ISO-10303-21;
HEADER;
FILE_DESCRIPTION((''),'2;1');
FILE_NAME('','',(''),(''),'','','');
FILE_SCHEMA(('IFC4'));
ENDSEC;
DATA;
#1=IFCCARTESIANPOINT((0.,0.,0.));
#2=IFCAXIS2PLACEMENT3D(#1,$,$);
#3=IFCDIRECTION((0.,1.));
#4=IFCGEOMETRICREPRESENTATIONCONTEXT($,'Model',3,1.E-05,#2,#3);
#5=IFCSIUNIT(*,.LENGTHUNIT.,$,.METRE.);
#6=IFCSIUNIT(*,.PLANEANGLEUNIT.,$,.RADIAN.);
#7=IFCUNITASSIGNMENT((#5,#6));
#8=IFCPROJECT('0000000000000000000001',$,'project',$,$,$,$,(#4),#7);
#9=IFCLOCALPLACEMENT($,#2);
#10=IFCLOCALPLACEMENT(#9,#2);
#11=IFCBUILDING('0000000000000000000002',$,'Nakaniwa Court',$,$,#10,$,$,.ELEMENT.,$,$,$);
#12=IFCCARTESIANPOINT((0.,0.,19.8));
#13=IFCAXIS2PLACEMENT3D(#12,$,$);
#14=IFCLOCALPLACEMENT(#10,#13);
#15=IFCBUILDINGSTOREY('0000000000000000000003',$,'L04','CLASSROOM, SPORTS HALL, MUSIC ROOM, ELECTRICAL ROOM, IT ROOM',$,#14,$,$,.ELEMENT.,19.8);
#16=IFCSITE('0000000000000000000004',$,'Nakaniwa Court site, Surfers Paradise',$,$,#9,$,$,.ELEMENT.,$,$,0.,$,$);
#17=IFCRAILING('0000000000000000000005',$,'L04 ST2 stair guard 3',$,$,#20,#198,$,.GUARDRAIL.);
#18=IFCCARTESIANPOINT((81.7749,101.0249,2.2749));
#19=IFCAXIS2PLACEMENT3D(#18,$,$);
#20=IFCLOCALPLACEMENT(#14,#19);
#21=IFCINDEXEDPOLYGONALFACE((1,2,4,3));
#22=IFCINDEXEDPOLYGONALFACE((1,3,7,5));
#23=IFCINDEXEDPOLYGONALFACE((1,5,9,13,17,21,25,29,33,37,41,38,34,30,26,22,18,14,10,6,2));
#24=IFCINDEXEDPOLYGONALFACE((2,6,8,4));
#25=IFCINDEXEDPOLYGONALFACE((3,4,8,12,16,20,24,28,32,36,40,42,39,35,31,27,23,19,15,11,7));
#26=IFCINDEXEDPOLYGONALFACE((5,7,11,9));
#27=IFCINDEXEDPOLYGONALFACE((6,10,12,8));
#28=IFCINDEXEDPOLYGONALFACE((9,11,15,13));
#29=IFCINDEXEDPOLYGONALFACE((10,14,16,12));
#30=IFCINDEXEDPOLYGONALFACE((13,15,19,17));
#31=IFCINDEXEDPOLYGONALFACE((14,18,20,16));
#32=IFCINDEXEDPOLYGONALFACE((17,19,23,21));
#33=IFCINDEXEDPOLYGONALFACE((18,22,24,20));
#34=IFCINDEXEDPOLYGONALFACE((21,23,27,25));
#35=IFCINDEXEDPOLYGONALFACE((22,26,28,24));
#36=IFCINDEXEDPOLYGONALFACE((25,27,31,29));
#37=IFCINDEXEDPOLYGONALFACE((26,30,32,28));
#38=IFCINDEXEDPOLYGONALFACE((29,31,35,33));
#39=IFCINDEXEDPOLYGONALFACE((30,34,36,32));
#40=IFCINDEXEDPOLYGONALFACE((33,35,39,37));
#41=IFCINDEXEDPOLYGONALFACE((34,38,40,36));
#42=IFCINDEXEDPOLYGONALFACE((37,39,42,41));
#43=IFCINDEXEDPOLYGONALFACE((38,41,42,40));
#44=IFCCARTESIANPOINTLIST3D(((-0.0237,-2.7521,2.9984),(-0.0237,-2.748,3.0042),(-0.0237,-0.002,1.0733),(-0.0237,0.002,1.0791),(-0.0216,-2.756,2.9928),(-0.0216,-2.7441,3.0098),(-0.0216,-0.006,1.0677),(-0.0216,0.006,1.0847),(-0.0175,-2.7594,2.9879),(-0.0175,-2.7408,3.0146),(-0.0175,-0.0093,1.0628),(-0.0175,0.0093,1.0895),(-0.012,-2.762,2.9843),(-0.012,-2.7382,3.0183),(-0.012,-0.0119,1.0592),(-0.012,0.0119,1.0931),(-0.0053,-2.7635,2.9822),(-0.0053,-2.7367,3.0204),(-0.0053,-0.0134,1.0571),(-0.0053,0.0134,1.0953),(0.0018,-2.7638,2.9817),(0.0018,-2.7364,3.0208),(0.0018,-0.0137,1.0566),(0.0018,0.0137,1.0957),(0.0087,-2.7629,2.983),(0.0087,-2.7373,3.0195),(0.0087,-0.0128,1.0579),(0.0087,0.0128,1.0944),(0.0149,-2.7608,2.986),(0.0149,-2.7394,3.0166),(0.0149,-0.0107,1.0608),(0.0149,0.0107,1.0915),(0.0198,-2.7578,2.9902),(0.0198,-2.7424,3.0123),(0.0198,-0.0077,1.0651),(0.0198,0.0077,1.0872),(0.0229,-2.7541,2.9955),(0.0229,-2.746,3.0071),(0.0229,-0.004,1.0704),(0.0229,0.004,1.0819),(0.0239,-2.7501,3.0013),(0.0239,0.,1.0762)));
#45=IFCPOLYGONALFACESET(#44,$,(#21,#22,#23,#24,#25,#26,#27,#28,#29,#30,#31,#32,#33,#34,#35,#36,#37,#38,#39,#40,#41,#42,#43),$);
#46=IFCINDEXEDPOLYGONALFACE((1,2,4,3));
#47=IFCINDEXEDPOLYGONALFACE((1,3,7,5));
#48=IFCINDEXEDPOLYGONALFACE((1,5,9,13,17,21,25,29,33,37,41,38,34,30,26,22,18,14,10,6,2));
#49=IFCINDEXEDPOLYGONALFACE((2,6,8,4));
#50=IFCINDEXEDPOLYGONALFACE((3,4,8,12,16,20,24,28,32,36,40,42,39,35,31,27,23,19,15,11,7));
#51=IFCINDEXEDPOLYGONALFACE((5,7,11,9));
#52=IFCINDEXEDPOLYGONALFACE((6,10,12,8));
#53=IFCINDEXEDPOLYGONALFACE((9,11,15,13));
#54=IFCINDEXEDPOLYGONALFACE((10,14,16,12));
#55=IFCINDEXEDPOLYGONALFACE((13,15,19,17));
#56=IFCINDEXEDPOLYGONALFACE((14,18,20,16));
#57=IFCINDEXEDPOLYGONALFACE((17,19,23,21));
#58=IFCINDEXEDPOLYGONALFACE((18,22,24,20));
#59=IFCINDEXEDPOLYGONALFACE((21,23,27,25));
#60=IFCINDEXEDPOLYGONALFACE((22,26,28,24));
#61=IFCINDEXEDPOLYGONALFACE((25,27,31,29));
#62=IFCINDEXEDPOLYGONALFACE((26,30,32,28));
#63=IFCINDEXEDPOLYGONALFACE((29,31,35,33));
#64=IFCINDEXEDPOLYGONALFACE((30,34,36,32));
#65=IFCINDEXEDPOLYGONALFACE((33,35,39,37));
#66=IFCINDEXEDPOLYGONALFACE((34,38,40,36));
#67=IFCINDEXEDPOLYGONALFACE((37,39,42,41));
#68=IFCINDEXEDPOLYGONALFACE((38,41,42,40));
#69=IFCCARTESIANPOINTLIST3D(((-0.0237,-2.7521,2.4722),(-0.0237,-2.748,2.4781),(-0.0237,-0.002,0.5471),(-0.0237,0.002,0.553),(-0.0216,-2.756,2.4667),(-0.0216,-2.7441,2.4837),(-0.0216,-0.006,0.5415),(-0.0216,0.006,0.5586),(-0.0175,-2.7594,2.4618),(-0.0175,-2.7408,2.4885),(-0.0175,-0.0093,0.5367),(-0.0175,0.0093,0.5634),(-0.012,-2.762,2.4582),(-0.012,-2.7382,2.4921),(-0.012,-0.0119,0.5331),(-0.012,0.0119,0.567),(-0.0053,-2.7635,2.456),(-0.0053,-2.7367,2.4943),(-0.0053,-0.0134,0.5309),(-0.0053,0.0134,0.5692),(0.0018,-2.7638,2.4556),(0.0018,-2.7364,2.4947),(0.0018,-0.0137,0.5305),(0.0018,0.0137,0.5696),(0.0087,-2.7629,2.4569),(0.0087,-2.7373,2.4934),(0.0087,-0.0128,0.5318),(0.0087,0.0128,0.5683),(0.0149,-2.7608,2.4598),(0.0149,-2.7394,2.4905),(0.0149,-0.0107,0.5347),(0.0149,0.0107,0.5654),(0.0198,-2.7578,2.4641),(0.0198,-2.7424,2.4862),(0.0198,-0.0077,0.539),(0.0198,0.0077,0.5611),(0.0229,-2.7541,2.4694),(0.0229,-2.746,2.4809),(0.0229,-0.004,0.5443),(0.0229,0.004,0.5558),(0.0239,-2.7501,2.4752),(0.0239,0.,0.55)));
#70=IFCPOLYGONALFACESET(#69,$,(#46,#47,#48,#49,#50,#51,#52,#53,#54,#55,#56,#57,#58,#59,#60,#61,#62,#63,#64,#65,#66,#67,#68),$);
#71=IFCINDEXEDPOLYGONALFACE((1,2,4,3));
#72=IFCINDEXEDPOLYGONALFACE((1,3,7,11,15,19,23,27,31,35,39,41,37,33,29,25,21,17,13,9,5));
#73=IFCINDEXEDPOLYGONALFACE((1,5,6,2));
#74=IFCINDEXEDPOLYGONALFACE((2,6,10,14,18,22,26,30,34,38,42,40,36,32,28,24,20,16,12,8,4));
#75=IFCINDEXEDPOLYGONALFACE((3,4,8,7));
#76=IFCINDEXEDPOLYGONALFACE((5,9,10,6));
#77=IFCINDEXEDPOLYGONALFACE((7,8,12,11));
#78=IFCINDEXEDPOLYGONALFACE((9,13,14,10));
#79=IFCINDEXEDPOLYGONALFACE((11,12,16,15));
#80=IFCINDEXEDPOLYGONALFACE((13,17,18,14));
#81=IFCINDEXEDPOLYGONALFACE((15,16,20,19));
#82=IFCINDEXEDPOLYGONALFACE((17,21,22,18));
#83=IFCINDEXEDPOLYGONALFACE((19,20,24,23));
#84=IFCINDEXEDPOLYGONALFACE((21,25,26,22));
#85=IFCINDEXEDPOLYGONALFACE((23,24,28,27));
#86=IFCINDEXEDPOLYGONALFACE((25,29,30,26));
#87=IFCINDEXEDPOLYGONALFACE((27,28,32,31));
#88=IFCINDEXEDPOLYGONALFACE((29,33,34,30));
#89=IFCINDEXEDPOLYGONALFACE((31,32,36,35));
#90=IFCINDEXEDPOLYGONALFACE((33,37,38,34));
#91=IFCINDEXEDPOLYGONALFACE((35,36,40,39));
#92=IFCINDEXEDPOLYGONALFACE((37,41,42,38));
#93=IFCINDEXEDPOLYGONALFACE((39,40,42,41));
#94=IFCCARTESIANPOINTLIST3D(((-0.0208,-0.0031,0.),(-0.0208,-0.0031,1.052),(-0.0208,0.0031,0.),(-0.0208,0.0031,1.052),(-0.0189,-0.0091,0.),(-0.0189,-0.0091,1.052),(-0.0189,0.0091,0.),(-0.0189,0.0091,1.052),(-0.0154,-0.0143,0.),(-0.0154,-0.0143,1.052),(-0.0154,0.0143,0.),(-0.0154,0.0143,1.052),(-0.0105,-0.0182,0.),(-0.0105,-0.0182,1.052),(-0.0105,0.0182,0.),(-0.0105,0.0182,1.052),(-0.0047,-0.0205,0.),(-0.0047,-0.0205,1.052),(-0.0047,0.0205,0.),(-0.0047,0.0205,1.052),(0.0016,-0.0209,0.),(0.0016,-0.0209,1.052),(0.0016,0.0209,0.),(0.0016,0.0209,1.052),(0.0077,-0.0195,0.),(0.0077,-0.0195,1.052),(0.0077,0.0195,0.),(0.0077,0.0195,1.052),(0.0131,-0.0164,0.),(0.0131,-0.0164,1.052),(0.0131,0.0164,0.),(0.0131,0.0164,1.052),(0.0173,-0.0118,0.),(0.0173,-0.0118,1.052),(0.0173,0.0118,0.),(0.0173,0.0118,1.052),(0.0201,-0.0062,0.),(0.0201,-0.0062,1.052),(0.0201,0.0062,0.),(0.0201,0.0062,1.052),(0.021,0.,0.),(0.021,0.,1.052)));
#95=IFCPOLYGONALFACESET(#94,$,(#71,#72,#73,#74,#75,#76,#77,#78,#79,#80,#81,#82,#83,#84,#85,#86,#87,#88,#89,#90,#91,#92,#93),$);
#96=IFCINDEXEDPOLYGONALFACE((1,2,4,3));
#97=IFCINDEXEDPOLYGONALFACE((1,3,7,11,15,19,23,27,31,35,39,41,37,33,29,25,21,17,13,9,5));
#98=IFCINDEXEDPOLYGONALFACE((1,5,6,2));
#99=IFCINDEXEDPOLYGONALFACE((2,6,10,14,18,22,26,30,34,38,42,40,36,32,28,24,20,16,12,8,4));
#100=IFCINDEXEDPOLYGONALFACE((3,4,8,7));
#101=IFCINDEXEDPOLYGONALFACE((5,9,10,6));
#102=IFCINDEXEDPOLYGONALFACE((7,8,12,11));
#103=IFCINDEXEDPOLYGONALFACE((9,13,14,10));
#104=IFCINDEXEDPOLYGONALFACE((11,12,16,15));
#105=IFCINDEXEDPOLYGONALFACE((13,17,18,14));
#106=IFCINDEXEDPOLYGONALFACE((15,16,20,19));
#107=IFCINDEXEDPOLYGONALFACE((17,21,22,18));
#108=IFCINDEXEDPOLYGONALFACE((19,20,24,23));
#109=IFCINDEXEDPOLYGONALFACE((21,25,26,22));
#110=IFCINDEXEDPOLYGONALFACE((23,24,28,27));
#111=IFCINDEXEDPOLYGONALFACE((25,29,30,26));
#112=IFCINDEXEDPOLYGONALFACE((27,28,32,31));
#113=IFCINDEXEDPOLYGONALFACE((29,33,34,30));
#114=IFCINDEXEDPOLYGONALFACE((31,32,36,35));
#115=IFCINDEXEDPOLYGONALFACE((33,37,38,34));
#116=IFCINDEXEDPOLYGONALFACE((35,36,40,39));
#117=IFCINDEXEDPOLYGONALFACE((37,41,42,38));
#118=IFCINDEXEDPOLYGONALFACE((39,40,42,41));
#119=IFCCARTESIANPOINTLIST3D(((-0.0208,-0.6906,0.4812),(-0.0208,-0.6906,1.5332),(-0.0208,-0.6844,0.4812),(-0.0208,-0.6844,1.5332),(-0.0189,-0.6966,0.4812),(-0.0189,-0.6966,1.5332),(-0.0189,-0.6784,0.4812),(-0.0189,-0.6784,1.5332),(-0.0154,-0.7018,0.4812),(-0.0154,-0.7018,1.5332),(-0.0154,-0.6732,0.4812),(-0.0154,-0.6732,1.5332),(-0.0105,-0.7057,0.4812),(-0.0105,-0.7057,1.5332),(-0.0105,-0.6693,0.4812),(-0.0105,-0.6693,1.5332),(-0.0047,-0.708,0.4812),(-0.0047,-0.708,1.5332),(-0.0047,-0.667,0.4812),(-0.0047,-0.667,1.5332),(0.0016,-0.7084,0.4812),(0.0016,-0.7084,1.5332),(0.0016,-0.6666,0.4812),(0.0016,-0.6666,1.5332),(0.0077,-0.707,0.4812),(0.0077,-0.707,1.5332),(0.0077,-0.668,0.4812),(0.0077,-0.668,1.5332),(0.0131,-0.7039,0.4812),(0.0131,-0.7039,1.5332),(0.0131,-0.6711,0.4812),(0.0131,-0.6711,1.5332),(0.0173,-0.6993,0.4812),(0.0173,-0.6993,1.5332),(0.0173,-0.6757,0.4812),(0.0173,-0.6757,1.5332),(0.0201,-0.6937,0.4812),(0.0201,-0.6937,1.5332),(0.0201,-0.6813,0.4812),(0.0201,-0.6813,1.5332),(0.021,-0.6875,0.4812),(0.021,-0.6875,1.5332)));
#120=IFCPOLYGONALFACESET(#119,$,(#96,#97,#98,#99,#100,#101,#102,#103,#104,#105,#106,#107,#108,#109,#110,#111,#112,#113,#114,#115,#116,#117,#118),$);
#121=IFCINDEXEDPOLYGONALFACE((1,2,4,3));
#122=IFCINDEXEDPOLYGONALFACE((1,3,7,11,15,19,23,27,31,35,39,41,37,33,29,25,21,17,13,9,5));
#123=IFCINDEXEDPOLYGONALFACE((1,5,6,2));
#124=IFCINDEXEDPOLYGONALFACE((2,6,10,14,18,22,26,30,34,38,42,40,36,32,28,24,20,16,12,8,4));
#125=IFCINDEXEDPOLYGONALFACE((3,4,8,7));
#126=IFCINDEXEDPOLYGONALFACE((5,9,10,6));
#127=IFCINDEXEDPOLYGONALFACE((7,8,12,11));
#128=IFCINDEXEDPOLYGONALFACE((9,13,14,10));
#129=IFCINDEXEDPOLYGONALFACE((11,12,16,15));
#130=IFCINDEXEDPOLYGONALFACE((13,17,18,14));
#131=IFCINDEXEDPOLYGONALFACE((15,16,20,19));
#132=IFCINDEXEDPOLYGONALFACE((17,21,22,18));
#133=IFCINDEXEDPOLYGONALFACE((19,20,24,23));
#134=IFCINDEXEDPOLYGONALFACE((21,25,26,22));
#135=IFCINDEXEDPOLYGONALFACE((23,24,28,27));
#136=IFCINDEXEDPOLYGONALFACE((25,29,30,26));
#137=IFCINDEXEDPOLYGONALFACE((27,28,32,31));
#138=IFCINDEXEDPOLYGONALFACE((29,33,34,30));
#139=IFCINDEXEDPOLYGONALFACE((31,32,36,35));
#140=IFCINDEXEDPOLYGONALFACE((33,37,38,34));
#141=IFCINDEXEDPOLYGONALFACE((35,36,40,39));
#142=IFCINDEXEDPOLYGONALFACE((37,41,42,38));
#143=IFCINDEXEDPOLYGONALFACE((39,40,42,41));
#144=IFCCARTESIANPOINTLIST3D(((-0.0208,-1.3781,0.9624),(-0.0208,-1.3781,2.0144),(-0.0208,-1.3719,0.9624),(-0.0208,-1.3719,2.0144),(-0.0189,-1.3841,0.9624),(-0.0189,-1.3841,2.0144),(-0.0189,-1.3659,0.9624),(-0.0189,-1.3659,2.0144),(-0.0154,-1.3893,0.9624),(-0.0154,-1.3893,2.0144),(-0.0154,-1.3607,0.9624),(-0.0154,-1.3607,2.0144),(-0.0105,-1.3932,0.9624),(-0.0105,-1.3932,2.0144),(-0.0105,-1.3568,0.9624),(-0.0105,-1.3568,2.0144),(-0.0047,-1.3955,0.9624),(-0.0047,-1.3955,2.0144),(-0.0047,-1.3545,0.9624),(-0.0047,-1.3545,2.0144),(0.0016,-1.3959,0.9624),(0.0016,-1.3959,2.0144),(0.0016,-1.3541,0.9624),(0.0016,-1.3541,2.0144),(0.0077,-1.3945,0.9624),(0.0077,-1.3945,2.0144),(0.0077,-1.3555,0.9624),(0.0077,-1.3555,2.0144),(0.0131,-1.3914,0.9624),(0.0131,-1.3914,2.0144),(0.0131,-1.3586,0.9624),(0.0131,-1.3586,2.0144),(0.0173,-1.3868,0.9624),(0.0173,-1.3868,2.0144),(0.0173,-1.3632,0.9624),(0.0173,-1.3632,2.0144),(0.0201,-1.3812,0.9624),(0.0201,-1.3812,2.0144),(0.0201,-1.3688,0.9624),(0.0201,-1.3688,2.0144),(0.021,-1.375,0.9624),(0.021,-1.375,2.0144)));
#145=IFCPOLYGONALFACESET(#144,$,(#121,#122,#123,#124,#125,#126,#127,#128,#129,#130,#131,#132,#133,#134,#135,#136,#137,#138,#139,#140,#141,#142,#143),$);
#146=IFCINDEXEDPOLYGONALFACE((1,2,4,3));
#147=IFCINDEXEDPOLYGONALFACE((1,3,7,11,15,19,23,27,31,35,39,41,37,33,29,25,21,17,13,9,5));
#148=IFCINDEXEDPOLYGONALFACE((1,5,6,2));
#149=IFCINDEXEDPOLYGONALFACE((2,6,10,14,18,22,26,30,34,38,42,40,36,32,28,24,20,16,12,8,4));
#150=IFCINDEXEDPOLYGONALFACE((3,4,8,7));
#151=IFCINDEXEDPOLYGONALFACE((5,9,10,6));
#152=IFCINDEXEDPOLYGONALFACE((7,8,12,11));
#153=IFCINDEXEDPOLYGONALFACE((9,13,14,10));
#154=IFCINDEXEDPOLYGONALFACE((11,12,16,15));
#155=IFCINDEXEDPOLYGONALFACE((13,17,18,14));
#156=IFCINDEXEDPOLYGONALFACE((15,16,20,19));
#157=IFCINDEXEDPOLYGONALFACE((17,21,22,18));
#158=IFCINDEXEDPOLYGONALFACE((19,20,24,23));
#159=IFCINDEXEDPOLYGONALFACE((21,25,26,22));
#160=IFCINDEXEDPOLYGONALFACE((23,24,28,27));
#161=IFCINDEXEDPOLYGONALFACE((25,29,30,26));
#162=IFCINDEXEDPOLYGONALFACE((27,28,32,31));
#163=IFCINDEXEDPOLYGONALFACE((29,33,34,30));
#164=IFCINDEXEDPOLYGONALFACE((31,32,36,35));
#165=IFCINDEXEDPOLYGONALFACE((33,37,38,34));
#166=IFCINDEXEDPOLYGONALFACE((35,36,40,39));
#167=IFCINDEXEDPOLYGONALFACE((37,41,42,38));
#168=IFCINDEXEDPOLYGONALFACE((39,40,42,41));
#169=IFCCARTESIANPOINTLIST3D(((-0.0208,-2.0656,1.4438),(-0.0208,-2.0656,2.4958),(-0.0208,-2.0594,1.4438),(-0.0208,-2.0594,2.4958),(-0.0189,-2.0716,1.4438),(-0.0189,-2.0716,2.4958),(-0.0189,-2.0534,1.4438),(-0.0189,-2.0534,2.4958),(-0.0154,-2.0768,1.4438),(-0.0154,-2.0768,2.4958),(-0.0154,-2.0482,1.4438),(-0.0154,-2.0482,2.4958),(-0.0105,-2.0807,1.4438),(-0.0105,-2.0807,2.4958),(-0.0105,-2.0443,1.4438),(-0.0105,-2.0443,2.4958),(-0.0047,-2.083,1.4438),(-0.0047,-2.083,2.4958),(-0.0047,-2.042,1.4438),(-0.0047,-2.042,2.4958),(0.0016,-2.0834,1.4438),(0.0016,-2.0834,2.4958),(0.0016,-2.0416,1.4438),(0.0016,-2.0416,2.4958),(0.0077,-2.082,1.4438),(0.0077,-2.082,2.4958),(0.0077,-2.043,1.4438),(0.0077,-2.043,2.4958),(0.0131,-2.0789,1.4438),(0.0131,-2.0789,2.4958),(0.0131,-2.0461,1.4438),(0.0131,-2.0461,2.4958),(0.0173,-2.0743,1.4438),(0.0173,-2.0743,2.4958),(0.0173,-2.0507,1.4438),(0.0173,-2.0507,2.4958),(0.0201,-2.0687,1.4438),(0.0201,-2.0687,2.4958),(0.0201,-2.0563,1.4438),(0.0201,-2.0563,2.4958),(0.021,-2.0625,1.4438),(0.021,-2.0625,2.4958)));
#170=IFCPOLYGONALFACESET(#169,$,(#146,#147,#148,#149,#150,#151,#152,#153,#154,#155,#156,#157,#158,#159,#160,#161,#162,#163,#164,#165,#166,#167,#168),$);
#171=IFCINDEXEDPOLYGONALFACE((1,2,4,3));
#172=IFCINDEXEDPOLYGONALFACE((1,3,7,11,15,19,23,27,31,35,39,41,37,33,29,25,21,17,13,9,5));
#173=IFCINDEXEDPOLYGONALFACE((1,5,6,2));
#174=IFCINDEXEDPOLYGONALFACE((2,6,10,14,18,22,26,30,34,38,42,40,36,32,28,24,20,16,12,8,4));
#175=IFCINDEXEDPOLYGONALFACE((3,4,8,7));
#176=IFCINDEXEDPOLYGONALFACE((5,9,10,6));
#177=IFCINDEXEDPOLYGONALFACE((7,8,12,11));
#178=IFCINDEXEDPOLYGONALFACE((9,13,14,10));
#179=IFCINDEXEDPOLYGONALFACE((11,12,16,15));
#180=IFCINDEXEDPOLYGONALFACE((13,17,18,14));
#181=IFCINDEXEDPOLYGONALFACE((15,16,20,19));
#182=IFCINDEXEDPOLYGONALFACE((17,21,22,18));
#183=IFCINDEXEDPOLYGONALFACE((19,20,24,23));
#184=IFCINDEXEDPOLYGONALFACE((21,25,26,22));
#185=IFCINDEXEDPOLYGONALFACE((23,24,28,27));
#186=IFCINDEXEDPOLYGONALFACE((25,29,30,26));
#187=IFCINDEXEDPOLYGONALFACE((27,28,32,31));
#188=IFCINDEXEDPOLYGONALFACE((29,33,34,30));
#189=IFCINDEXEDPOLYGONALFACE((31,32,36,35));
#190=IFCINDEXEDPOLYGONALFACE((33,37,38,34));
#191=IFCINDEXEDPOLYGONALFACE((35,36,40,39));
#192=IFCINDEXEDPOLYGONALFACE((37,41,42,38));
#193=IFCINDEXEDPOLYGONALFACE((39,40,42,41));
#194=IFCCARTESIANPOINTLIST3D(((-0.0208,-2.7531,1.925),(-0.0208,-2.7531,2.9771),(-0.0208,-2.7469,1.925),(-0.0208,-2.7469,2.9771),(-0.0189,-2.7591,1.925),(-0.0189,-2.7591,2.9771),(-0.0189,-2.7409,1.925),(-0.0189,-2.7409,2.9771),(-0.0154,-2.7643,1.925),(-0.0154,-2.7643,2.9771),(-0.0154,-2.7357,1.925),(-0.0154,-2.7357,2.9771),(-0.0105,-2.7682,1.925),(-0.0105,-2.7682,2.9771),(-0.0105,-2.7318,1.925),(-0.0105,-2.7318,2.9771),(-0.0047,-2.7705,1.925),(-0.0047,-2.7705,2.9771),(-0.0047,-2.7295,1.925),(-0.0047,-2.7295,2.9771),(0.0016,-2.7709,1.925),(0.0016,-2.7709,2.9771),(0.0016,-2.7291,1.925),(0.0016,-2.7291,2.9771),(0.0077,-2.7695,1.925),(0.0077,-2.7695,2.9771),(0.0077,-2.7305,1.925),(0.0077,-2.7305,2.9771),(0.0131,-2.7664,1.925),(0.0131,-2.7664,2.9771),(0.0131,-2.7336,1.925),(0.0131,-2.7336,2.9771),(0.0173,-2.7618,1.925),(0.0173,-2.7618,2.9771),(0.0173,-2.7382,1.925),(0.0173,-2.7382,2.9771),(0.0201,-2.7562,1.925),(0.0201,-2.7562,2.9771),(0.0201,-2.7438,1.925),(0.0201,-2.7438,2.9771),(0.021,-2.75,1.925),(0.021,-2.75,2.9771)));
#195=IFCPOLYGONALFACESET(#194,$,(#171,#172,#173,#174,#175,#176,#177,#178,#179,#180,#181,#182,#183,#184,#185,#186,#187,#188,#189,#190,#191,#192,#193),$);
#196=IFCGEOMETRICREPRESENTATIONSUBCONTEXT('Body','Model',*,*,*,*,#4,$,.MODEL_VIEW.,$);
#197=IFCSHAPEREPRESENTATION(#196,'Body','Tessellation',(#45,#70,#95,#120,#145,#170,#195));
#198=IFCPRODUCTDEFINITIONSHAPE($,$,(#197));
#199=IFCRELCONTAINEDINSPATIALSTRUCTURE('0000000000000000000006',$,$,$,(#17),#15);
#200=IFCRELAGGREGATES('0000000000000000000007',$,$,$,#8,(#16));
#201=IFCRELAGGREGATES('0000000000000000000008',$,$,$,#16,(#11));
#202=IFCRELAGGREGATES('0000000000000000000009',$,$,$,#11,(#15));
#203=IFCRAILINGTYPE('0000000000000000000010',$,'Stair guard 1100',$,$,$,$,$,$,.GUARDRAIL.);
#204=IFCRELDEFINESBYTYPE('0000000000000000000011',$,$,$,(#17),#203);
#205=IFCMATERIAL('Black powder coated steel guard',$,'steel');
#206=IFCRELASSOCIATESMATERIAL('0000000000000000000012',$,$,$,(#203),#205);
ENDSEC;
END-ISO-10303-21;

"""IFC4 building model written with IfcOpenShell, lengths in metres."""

from ifc_helpers import new_model, si_unit, direction, frame, origin, origin_2d, place, context, subcontext, project, spatial, circle, extrude, material, type_object, element, save


model = new_model("IFC4")

# Units and contexts
model_context = context("Model", 3, precision=1e-05, world=origin(), true_north=direction((0.0, 1.0)))
body_context = subcontext(model_context, "Body", "Model", "MODEL_VIEW")
ifc_project = project(units=[si_unit("LENGTHUNIT", "METRE"), si_unit("PLANEANGLEUNIT", "RADIAN")], contexts=[model_context])

# Site, building, storey
site_placement = place(None, origin())
site = spatial("IfcSite", under=ifc_project, at=site_placement, Name="Nakaniwa Court site, Surfers Paradise", CompositionType="ELEMENT", RefElevation=0.0)
building_placement = place(site_placement, origin())
building = spatial("IfcBuilding", under=site, at=building_placement, Name="Nakaniwa Court", CompositionType="ELEMENT")
storey_placement = place(building_placement, frame((0.0, 0.0, 19.8)))
storey = spatial("IfcBuildingStorey", under=building, at=storey_placement, Name="L04", Description="CLASSROOM, SPORTS HALL, MUSIC ROOM, ELECTRICAL ROOM, IT ROOM", CompositionType="ELEMENT", Elevation=19.8)

# Railing
ifc_material_1 = material(Name="Black powder coated steel guard", Category="steel")
railing_type_1 = type_object("IfcRailingType", Name="Stair guard 1100", PredefinedType="GUARDRAIL", material=ifc_material_1)
railing_1_placement = place(storey_placement, frame((81.7749, 101.0249, 2.2749)))
element("IfcRailing", 1, at=railing_1_placement, inside=storey, type_object=railing_type_1, Name="L04 ST2 stair guard 3", PredefinedType="GUARDRAIL", context=body_context, shape_type="SweptSolid", body=[
    extrude(circle(Radius=0.0239, at=origin_2d()), frame((0.0, 0.0, 1.0762), z_axis=(0.0, -0.819225, 0.573472), x_axis=(1.0, 0.0, 0.0)), (0.0, 0.0, 1.0), 3.3569),
    extrude(circle(Radius=0.0239, at=origin_2d()), frame((0.0, 0.0, 0.55), z_axis=(0.0, -0.819225, 0.573472), x_axis=(1.0, 0.0, 0.0)), (0.0, 0.0, 1.0), 3.3569),
    extrude(circle(Radius=0.021, at=origin_2d()), origin(), (0.0, 0.0, 1.0), 1.052),
    extrude(circle(Radius=0.021, at=origin_2d()), frame((0.0, -0.6875, 0.4812)), (0.0, 0.0, 1.0), 1.052),
    extrude(circle(Radius=0.021, at=origin_2d()), frame((0.0, -1.375, 0.9624)), (0.0, 0.0, 1.0), 1.052),
    extrude(circle(Radius=0.021, at=origin_2d()), frame((0.0, -2.0625, 1.4438)), (0.0, 0.0, 1.0), 1.052),
    extrude(circle(Radius=0.021, at=origin_2d()), frame((0.0, -2.75, 1.925)), (0.0, 0.0, 1.0), 1.052),
])

save(model, "model.ifc")
